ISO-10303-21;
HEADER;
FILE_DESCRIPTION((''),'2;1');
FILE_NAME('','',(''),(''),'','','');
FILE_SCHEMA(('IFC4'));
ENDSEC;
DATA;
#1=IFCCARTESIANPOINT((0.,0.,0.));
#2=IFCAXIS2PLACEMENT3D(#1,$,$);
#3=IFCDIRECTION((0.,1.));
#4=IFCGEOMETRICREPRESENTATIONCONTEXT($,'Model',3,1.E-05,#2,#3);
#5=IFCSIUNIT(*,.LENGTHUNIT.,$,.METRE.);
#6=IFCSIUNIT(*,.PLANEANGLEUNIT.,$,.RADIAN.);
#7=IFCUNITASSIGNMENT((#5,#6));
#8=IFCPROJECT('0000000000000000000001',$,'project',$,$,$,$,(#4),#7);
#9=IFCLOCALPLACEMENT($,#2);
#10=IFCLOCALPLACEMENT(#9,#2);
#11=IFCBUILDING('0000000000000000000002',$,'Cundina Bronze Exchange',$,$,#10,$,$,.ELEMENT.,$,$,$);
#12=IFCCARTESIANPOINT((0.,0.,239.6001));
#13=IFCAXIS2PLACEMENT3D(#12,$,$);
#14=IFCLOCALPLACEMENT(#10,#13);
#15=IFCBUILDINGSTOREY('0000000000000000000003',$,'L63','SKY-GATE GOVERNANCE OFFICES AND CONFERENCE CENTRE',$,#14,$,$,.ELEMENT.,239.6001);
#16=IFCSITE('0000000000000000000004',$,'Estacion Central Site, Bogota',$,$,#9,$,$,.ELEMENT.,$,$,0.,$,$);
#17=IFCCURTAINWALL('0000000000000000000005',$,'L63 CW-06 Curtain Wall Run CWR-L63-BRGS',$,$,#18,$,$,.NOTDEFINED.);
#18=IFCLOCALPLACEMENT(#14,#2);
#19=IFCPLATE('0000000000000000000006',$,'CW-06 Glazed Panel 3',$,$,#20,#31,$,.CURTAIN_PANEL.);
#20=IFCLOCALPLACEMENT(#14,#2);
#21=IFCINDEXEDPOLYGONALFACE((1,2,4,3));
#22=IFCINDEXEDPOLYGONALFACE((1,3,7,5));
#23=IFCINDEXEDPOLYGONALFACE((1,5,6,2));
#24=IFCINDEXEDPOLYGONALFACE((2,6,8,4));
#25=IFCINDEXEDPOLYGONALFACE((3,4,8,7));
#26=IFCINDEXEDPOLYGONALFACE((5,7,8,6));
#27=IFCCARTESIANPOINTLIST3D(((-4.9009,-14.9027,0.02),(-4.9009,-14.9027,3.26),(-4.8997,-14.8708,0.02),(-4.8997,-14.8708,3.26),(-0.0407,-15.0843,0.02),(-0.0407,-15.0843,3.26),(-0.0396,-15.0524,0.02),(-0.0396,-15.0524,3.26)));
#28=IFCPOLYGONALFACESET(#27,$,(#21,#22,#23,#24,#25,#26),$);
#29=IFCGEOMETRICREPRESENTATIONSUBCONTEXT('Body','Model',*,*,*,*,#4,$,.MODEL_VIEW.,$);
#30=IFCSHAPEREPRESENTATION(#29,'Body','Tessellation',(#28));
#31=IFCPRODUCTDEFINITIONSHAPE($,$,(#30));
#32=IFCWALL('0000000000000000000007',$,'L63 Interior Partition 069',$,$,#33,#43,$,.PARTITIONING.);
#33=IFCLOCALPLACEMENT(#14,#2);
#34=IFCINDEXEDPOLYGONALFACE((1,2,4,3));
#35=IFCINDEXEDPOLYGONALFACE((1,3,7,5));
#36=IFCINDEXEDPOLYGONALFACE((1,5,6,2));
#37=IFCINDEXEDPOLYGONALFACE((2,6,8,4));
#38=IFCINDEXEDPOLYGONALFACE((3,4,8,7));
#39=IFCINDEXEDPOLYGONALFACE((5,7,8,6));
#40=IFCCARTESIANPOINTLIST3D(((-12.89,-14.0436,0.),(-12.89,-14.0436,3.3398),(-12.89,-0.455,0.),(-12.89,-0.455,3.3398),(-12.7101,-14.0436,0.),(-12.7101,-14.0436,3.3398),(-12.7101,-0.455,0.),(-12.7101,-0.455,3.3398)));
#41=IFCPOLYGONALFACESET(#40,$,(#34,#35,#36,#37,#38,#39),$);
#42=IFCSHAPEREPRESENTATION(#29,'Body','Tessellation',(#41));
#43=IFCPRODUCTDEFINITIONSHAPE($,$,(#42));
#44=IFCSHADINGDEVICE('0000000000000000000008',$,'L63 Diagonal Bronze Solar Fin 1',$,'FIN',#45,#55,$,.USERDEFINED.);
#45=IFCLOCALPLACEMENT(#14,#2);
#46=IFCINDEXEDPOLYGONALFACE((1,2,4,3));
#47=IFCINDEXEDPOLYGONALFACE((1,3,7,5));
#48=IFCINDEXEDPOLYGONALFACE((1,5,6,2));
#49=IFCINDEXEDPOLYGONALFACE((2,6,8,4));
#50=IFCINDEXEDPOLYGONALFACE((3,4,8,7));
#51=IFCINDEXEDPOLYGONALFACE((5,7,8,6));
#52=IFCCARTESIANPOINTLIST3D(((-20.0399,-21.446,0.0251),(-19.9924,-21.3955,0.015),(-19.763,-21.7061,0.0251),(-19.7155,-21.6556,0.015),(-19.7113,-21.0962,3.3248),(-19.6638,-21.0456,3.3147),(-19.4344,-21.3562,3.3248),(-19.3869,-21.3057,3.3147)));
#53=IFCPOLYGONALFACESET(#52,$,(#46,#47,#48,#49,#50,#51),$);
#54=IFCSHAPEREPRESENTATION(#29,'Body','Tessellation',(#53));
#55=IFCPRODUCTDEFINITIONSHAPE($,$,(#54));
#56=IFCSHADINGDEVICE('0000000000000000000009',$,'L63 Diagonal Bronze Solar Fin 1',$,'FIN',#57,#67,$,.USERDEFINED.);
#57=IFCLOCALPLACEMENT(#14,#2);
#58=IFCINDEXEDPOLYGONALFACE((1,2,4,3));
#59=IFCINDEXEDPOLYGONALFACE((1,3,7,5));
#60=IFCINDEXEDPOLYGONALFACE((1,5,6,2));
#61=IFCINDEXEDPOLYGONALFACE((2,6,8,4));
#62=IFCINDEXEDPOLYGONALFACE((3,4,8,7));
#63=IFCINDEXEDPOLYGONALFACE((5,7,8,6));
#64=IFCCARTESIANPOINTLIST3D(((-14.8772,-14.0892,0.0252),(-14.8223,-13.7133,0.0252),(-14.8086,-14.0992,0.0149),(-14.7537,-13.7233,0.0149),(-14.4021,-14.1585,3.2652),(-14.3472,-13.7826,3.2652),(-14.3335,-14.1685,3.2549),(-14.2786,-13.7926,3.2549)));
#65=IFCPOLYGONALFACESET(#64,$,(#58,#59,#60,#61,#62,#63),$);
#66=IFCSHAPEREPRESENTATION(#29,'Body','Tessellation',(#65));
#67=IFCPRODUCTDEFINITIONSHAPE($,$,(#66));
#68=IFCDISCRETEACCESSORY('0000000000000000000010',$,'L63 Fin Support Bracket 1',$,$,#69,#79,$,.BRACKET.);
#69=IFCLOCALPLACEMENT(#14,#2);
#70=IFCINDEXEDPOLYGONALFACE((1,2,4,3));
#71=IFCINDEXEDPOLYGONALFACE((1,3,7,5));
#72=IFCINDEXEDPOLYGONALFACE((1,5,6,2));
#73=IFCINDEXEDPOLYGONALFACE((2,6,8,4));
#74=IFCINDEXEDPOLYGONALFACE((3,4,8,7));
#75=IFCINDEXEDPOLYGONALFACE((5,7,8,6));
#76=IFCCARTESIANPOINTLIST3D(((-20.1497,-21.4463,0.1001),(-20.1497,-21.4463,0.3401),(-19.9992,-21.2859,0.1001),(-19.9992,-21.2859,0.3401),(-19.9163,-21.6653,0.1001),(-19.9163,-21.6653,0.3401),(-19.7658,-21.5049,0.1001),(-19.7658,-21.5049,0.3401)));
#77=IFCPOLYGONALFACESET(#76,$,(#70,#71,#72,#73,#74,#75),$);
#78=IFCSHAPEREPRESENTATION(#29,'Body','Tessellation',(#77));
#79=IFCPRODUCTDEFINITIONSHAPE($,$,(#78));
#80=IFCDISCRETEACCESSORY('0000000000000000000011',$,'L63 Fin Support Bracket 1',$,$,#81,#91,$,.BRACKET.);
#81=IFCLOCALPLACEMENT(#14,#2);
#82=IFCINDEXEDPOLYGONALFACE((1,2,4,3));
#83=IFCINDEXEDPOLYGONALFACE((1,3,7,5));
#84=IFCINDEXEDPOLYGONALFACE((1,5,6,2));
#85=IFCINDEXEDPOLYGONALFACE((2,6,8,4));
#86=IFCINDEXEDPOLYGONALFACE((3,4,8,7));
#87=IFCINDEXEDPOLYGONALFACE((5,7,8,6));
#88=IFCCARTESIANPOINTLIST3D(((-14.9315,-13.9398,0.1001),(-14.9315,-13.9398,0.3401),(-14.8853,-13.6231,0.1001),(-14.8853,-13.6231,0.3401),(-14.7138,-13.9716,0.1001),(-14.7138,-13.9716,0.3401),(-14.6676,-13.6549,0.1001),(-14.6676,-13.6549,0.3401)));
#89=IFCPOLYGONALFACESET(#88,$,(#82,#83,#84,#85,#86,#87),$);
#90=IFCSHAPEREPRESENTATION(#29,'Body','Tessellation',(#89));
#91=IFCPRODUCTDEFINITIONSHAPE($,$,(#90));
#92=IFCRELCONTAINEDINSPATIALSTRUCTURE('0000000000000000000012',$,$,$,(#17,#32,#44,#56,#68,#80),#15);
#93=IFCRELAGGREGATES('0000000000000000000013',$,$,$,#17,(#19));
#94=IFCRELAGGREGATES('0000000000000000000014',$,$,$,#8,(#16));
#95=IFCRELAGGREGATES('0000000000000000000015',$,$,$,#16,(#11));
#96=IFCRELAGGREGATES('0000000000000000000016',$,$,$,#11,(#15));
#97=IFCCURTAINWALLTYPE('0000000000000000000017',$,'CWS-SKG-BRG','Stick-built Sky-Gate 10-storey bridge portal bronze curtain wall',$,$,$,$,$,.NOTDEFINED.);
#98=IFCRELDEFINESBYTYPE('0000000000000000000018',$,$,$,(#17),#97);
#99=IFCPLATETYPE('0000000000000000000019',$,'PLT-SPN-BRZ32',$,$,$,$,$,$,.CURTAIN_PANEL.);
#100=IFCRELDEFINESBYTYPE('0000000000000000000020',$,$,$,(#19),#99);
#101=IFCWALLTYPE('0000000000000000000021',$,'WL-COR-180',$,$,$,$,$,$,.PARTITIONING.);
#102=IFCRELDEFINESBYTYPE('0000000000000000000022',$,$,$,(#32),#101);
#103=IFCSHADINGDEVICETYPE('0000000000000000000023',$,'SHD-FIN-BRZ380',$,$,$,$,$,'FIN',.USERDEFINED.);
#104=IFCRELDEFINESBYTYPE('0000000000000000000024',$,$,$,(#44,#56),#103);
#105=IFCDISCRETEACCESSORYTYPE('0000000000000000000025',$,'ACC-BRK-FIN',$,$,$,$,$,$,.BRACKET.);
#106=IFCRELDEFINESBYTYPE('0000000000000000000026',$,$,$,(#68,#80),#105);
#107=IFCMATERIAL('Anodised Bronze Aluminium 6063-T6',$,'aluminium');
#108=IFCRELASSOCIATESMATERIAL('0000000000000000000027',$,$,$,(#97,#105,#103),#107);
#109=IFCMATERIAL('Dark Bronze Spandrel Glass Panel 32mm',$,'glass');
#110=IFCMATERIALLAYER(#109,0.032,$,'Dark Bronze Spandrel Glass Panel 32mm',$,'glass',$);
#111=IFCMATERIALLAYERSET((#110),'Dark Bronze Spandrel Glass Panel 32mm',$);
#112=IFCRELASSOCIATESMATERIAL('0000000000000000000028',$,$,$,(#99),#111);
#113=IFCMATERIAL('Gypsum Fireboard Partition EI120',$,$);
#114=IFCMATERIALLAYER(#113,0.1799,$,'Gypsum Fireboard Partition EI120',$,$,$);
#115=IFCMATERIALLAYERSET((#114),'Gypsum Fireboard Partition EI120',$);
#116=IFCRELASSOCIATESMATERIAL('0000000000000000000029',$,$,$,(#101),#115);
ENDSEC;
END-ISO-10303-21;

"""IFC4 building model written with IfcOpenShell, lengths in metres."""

from ifc_helpers import new_model, si_unit, direction, frame, frame_2d, origin, origin_2d, place, context, subcontext, project, spatial, rectangle, extrude, material, layer, layer_set, material_profile, profile_set, type_object, element, aggregate, save


model = new_model("IFC4")

# Units and contexts
model_context = context("Model", 3, precision=1e-05, world=origin(), true_north=direction((0.0, 1.0)))
body_context = subcontext(model_context, "Body", "Model", "MODEL_VIEW")
ifc_project = project(units=[si_unit("LENGTHUNIT", "METRE"), si_unit("PLANEANGLEUNIT", "RADIAN")], contexts=[model_context])

# Site, building, storey
site_placement = place(None, origin())
site = spatial("IfcSite", under=ifc_project, at=site_placement, Name="Estacion Central Site, Bogota", CompositionType="ELEMENT", RefElevation=0.0)
building_placement = place(site_placement, origin())
building = spatial("IfcBuilding", under=site, at=building_placement, Name="Cundina Bronze Exchange", CompositionType="ELEMENT")
storey_placement = place(building_placement, frame((0.0, 0.0, 239.6001)))
storey = spatial("IfcBuildingStorey", under=building, at=storey_placement, Name="L63", Description="SKY-GATE GOVERNANCE OFFICES AND CONFERENCE CENTRE", CompositionType="ELEMENT", Elevation=239.6001)

# Curtain wall
ifc_material_1 = material(Name="Anodised Bronze Aluminium 6063-T6", Category="aluminium")
curtain_wall_type = type_object("IfcCurtainWallType", Name="CWS-SKG-BRG", Description="Stick-built Sky-Gate 10-storey bridge portal bronze curtain wall", PredefinedType="NOTDEFINED", material=ifc_material_1)
curtain_wall_1_placement = place(storey_placement, origin())
curtain_wall_1 = element("IfcCurtainWall", 1, at=curtain_wall_1_placement, inside=storey, type_object=curtain_wall_type, Name="L63 CW-06 Curtain Wall Run CWR-L63-BRGS", PredefinedType="NOTDEFINED")

# Plate
ifc_material_2 = material(Name="Dark Bronze Spandrel Glass Panel 32mm", Category="glass")
ifc_layer_1 = layer(ifc_material_2, 0.032, Name="Dark Bronze Spandrel Glass Panel 32mm", Category="glass")
ifc_layer_set_1 = layer_set([ifc_layer_1], Name="Dark Bronze Spandrel Glass Panel 32mm")
plate_type_1 = type_object("IfcPlateType", Name="PLT-SPN-BRZ32", PredefinedType="CURTAIN_PANEL", material=ifc_layer_set_1)
plate_1_placement = place(storey_placement, frame((-2.4702, -14.9775, 0.02), z_axis=(0.0, 0.0, 1.0), x_axis=(0.999303, -0.037341, 0.0)))
plate_1 = element("IfcPlate", 2, at=plate_1_placement, type_object=plate_type_1, Name="CW-06 Glazed Panel 3", PredefinedType="CURTAIN_PANEL", context=body_context, shape_type="SweptSolid", body=[
    extrude(rectangle(XDim=4.8635, YDim=0.032, at=origin_2d()), origin(), (0.0, 0.0, 1.0), 3.24),
])
aggregate(curtain_wall_1, [plate_1])

# Wall
ifc_material_3 = material(Name="Gypsum Fireboard Partition EI120")
ifc_layer_2 = layer(ifc_material_3, 0.1799, Name="Gypsum Fireboard Partition EI120")
ifc_layer_set_2 = layer_set([ifc_layer_2], Name="Gypsum Fireboard Partition EI120")
wall_type = type_object("IfcWallType", Name="WL-COR-180", PredefinedType="PARTITIONING", material=ifc_layer_set_2)
wall_placement = place(storey_placement, frame((-12.8, -14.0437, 0.0), z_axis=(0.0, 0.0, 1.0), x_axis=(0.0, 1.0, 0.0)))
element("IfcWall", 3, at=wall_placement, inside=storey, type_object=wall_type, Name="L63 Interior Partition 069", PredefinedType="PARTITIONING", context=body_context, shape_type="SweptSolid", body=[
    extrude(rectangle(XDim=13.5886, YDim=0.1799, at=frame_2d((6.7944, 0.0))), origin(), (0.0, 0.0, 1.0), 3.3398),
])

# Shading devices
ifc_material_profile_1 = material_profile(ifc_material_1, rectangle(XDim=0.0701, YDim=0.3799, at=origin_2d()), Name="FIN70X380", Category="aluminium")
ifc_profile_set_1 = profile_set([ifc_material_profile_1], Name="Anodised Bronze Aluminium 6063-T6")
shading_device_type = type_object("IfcShadingDeviceType", Name="SHD-FIN-BRZ380", ElementType="FIN", PredefinedType="USERDEFINED", material=ifc_profile_set_1)
shading_device_1_placement = place(storey_placement, frame((-19.8777, -21.5508, 0.02), z_axis=(0.098549, 0.104918, 0.989586), x_axis=(-0.677505, -0.721296, 0.143943)))
element("IfcShadingDevice", 4, at=shading_device_1_placement, inside=storey, type_object=shading_device_type, Name="L63 Diagonal Bronze Solar Fin 1", ObjectType="FIN", PredefinedType="USERDEFINED", context=body_context, shape_type="SweptSolid", body=[
    extrude(rectangle(XDim=0.0701, YDim=0.3799, at=origin_2d()), origin(), (0.0, 0.0, 1.0), 3.3345),
])
shading_device_2_placement = place(storey_placement, frame((-14.8154, -13.9062, 0.02), z_axis=(0.145052, -0.021169, 0.989198), x_axis=(-0.978829, 0.142851, 0.146588)))
element("IfcShadingDevice", 5, at=shading_device_2_placement, inside=storey, type_object=shading_device_type, Name="L63 Diagonal Bronze Solar Fin 1", ObjectType="FIN", PredefinedType="USERDEFINED", context=body_context, shape_type="SweptSolid", body=[
    extrude(rectangle(XDim=0.0701, YDim=0.3799, at=origin_2d()), origin(), (0.0, 0.0, 1.0), 3.2754),
])

# Discrete accessories
discrete_accessory_type = type_object("IfcDiscreteAccessoryType", Name="ACC-BRK-FIN", PredefinedType="BRACKET", material=ifc_material_1)
for number, where, z_axis, x_axis, name in (
    (6, (-19.9578, -21.4756, 0.1001), (0.0, 0.0, 1.0), (0.684344, 0.72916, 0.0), "L63 Fin Support Bracket 1"),
    (7, (-14.7996, -13.7974, 0.1001), (0.0, 0.0, 1.0), (0.989528, -0.144339, 0.0), "L63 Fin Support Bracket 1"),
):
    element("IfcDiscreteAccessory", number, at=place(storey_placement, frame(where, z_axis=z_axis, x_axis=x_axis)), inside=storey, type_object=discrete_accessory_type, Name=name, PredefinedType="BRACKET", context=body_context, shape_type="SweptSolid", body=[
        extrude(rectangle(XDim=0.22, YDim=0.3201, at=origin_2d()), origin(), (0.0, 0.0, 1.0), 0.24),
    ])

save(model, "model.ifc")
